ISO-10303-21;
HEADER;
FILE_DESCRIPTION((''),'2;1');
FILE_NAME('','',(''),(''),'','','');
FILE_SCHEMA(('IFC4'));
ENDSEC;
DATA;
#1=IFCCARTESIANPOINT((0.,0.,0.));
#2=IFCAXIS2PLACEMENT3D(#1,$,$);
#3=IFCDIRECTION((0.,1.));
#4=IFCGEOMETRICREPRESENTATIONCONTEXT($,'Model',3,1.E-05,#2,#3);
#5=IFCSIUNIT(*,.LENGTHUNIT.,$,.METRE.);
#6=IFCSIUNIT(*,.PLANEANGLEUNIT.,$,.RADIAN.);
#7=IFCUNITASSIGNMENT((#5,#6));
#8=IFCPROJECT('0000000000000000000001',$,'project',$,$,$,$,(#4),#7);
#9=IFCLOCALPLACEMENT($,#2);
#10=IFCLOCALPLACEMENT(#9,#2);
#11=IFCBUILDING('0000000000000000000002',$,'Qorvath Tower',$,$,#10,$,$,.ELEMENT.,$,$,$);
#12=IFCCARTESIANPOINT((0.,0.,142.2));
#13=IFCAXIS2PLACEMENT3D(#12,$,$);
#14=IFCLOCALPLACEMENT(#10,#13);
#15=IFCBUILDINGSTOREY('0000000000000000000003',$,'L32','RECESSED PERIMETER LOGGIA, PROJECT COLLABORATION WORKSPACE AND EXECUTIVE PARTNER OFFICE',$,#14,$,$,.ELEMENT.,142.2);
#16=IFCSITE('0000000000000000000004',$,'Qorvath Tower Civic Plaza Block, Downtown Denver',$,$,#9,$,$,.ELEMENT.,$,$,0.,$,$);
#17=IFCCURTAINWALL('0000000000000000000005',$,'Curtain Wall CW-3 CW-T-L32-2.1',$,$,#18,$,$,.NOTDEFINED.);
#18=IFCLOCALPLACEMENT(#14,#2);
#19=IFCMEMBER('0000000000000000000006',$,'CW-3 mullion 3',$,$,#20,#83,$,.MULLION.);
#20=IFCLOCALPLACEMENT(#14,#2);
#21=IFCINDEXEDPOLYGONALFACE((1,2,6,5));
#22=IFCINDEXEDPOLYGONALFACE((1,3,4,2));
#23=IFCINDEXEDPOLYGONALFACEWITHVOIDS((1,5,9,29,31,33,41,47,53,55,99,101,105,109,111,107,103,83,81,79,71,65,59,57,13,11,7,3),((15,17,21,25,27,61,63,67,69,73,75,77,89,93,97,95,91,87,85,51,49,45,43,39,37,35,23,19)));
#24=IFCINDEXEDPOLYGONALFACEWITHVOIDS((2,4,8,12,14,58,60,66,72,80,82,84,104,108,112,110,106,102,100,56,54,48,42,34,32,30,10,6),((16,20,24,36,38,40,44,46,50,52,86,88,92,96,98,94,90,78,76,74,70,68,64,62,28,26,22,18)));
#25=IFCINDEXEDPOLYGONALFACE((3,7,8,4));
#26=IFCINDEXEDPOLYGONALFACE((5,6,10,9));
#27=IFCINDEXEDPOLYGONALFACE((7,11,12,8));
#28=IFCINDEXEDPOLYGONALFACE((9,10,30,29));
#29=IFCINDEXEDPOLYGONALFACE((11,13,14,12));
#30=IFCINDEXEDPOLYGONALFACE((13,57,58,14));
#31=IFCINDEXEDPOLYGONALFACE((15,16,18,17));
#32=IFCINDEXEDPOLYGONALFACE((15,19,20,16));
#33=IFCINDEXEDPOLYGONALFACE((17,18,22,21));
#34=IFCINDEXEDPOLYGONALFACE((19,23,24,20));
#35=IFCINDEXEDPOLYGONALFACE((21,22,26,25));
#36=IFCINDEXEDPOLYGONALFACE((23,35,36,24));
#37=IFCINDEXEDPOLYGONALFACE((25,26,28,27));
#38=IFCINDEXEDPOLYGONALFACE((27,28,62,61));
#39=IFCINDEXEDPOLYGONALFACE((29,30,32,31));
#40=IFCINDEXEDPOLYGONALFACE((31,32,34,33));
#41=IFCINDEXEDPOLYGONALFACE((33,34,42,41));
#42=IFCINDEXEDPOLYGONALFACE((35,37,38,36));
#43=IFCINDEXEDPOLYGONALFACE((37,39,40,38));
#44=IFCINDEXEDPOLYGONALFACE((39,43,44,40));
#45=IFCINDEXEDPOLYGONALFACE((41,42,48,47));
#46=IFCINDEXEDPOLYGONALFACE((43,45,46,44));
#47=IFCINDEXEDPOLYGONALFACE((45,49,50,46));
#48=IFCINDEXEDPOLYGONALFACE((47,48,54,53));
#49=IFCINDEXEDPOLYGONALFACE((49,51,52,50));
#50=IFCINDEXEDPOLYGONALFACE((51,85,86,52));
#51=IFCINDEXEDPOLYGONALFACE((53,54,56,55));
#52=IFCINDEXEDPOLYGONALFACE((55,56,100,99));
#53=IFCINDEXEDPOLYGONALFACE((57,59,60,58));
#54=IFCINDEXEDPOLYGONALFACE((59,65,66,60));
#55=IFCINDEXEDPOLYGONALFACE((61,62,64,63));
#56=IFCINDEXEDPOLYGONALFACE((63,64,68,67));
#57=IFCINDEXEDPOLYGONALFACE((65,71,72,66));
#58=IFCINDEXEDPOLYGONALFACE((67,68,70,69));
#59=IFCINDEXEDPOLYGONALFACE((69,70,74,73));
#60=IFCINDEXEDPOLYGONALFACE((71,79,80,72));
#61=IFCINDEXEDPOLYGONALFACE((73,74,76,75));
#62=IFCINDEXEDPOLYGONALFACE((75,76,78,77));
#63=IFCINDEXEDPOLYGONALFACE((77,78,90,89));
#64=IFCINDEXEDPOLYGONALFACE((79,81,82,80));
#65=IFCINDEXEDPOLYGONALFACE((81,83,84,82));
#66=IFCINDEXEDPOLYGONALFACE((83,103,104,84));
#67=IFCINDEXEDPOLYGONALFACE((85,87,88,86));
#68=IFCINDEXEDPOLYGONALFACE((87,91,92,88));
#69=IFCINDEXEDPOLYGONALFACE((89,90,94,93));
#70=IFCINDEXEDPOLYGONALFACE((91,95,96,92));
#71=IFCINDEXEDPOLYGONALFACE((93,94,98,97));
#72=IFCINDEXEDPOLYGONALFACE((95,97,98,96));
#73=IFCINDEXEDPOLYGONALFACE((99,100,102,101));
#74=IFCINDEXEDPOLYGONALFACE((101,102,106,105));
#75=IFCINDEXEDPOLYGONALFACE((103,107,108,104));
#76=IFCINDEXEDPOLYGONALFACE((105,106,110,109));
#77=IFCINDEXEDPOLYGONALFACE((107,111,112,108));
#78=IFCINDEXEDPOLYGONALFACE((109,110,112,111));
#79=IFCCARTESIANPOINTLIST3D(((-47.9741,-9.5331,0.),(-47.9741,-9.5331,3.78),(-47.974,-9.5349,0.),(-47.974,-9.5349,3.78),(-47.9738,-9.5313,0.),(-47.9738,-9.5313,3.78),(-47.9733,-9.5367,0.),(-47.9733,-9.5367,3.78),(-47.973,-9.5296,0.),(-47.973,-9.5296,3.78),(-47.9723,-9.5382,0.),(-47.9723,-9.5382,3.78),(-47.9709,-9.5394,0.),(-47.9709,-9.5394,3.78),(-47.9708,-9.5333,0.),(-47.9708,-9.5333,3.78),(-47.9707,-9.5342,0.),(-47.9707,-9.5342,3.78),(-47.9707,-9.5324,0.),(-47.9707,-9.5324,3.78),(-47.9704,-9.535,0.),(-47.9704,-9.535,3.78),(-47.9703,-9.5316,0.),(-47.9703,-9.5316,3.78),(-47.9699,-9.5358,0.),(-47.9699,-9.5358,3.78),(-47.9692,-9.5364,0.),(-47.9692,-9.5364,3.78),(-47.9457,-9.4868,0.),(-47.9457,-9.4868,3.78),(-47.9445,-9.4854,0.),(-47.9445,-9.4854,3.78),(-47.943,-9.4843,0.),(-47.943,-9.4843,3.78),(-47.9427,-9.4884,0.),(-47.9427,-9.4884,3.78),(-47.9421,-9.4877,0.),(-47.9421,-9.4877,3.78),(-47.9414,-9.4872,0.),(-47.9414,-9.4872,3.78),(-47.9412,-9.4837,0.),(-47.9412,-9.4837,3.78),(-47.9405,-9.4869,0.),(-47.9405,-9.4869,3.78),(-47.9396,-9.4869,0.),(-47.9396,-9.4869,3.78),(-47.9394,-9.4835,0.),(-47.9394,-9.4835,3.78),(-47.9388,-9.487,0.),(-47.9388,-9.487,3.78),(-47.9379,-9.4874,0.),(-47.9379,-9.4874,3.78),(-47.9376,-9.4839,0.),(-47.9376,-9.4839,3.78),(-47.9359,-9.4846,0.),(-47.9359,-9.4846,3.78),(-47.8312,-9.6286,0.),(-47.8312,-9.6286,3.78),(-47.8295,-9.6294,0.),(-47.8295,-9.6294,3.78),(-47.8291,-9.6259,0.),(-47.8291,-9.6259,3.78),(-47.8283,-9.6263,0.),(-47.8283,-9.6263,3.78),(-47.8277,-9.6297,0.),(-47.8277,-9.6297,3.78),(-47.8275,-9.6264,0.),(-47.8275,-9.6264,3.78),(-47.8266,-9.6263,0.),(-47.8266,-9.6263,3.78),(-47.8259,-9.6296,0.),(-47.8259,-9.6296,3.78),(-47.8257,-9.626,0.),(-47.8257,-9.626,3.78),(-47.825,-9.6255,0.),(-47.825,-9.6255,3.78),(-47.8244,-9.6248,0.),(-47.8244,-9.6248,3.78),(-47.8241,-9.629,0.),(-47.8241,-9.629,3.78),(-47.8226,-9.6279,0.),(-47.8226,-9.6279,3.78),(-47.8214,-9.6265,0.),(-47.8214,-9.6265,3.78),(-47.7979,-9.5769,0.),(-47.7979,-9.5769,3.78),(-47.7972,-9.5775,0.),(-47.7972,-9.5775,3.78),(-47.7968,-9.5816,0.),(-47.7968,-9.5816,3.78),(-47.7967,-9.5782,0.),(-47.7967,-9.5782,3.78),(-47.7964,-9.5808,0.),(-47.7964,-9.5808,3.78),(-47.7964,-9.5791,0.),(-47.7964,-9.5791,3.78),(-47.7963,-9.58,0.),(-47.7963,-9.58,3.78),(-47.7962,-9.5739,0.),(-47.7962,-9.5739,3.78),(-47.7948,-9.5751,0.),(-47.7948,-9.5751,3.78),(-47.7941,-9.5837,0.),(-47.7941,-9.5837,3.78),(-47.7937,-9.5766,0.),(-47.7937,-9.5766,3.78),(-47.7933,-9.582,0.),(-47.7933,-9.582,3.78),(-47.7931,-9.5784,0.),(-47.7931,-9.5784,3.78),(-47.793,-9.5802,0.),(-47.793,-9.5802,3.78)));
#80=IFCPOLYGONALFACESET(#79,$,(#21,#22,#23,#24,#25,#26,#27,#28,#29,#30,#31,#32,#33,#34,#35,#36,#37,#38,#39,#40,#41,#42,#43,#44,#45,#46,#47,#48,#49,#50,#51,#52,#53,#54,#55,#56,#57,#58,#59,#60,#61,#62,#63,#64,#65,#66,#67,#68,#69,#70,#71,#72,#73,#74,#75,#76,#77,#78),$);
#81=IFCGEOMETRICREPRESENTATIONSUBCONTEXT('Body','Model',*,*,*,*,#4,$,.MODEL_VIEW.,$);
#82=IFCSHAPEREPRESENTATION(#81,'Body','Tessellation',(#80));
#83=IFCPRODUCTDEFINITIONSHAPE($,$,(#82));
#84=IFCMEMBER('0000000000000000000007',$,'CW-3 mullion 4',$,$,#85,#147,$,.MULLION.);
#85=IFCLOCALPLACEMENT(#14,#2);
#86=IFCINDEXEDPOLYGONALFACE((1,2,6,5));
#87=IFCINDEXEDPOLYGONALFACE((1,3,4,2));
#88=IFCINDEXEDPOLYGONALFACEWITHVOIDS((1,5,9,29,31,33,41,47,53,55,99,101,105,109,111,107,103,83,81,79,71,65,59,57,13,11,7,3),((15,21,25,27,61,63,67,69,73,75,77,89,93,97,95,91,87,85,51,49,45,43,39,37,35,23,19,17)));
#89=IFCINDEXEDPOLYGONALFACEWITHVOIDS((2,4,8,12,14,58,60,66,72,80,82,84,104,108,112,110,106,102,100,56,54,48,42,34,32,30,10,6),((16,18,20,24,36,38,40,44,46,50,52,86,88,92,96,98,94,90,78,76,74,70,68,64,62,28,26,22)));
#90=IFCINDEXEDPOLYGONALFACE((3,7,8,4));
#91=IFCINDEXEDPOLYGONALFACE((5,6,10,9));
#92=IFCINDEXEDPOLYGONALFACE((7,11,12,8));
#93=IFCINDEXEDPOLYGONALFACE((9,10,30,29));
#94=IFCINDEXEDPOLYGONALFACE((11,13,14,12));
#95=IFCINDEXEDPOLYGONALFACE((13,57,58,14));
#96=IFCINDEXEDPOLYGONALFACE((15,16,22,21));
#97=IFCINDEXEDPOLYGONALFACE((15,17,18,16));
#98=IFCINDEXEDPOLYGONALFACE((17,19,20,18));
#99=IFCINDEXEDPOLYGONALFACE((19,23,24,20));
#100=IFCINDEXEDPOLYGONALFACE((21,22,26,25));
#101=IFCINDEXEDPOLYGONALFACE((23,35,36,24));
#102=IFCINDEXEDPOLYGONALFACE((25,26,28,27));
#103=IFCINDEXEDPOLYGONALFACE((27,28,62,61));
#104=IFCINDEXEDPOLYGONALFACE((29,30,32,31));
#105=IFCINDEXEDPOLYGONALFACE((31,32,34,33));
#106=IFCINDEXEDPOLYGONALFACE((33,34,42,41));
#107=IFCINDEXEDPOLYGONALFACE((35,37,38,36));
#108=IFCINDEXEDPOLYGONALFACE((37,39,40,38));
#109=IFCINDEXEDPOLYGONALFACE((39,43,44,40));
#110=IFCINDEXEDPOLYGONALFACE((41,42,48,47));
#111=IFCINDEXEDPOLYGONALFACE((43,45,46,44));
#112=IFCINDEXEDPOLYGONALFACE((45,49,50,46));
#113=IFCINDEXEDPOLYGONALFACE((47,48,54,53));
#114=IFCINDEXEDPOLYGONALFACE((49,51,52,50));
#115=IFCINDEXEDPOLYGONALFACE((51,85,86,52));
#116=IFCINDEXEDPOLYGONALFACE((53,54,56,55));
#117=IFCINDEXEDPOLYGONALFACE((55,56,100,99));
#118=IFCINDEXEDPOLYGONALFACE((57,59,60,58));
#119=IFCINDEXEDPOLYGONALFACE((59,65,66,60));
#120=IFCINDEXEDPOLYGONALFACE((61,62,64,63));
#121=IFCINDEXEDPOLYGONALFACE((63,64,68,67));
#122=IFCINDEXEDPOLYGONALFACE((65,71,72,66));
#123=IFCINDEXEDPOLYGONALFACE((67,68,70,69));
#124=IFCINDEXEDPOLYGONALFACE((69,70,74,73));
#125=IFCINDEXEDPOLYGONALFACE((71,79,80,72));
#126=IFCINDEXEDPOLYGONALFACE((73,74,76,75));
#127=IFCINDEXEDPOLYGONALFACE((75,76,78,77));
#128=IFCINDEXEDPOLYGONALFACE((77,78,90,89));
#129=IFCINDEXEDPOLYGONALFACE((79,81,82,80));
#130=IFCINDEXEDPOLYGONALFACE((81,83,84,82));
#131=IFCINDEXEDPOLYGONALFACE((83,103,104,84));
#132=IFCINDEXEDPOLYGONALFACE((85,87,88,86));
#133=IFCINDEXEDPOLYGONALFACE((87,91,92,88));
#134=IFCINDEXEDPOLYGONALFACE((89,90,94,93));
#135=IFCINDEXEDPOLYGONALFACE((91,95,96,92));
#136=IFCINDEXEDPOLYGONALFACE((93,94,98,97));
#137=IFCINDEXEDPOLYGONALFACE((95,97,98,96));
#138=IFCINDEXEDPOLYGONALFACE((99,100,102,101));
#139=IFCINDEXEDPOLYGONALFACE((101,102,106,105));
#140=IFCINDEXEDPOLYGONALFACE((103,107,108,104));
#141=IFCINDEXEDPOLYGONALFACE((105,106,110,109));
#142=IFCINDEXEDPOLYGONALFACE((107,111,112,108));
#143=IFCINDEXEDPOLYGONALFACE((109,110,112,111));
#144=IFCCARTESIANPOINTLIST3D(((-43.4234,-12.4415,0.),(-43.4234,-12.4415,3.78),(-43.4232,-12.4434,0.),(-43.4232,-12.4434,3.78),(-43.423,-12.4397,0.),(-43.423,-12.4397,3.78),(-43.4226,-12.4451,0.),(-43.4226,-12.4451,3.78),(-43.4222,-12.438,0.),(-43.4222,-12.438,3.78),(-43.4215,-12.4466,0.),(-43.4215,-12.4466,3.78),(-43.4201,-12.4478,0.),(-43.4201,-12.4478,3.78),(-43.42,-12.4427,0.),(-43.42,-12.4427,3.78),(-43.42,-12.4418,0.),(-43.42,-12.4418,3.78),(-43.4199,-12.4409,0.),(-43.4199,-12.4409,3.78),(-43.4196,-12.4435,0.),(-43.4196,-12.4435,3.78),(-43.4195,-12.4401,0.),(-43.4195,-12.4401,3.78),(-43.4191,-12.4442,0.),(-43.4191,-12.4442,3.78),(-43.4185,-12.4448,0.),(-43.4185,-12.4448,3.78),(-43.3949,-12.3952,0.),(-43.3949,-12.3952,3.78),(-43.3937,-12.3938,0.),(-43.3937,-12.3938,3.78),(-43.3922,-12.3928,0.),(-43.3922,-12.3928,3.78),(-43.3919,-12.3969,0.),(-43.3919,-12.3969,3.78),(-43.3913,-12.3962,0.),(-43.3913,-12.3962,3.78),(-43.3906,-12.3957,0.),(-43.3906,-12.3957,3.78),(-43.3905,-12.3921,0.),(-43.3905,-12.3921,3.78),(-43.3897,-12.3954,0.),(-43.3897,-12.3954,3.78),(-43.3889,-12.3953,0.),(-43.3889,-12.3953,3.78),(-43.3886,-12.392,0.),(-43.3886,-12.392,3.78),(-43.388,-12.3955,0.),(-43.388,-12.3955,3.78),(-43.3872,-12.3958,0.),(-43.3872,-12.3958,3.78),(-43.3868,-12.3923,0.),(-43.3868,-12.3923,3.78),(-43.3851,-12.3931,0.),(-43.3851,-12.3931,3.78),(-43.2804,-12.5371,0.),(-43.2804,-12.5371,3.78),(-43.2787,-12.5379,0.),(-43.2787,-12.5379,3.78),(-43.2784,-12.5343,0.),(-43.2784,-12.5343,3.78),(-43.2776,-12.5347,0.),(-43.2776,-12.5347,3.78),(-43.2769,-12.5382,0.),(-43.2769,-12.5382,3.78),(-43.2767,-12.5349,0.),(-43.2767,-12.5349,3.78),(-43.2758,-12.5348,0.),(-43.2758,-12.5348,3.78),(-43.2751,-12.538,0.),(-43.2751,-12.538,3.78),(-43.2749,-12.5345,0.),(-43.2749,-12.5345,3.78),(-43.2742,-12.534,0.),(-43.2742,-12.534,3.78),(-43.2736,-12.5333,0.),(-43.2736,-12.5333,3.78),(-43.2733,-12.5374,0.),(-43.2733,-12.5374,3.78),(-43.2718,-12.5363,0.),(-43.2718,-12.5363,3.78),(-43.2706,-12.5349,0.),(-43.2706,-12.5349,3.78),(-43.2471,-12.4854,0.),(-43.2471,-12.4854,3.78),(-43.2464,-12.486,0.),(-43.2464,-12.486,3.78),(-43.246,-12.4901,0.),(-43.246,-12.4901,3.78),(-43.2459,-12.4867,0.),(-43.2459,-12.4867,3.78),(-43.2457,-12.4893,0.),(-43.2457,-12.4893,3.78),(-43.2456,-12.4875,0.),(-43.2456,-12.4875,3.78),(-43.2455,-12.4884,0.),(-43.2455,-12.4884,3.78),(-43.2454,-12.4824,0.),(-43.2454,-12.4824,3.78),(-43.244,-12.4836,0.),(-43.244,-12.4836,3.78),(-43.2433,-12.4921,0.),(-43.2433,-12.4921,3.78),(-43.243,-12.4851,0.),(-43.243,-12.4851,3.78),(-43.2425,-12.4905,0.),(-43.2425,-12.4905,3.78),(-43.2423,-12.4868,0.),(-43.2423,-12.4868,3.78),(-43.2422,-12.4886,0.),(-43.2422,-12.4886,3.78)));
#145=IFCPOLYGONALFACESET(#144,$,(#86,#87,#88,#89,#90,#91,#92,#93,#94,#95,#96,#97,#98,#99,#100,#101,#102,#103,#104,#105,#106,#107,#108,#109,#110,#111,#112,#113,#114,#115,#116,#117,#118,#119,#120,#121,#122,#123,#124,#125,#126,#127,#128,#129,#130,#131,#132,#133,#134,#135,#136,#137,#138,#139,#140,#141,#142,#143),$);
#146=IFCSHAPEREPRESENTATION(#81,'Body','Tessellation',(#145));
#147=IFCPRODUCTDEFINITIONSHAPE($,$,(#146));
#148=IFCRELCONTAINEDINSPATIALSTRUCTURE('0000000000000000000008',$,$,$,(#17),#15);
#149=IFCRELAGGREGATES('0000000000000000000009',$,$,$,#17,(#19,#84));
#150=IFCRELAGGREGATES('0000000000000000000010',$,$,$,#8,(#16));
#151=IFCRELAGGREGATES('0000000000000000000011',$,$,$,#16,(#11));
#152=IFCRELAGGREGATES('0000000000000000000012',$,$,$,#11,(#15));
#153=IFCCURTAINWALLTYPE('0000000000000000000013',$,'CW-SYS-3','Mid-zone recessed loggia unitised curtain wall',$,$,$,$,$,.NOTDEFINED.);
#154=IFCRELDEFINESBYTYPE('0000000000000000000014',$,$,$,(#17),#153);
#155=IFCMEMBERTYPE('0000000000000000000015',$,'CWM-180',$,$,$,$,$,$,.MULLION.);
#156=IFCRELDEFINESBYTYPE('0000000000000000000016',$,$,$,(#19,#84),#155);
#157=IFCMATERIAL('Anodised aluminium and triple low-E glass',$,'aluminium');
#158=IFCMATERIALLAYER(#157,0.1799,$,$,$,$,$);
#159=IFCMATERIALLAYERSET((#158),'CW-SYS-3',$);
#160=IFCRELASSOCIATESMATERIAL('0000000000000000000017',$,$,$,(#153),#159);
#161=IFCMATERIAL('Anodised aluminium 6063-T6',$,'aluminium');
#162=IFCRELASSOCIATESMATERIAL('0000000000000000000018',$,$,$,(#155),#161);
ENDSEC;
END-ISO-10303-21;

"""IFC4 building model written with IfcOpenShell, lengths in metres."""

from ifc_helpers import new_model, si_unit, direction, frame, origin, origin_2d, place, context, subcontext, project, spatial, hollow_rectangle, extrude, material, layer, layer_set, material_profile, profile_set, type_object, element, aggregate, save


model = new_model("IFC4")

# Units and contexts
model_context = context("Model", 3, precision=1e-05, world=origin(), true_north=direction((0.0, 1.0)))
body_context = subcontext(model_context, "Body", "Model", "MODEL_VIEW")
ifc_project = project(units=[si_unit("LENGTHUNIT", "METRE"), si_unit("PLANEANGLEUNIT", "RADIAN")], contexts=[model_context])

# Site, building, storey
site_placement = place(None, origin())
site = spatial("IfcSite", under=ifc_project, at=site_placement, Name="Qorvath Tower Civic Plaza Block, Downtown Denver", CompositionType="ELEMENT", RefElevation=0.0)
building_placement = place(site_placement, origin())
building = spatial("IfcBuilding", under=site, at=building_placement, Name="Qorvath Tower", CompositionType="ELEMENT")
storey_placement = place(building_placement, frame((0.0, 0.0, 142.2)))
storey = spatial("IfcBuildingStorey", under=building, at=storey_placement, Name="L32", Description="RECESSED PERIMETER LOGGIA, PROJECT COLLABORATION WORKSPACE AND EXECUTIVE PARTNER OFFICE", CompositionType="ELEMENT", Elevation=142.2)

# Curtain wall, members
ifc_material_1 = material(Name="Anodised aluminium and triple low-E glass", Category="aluminium")
ifc_layer_1 = layer(ifc_material_1, 0.1799)
ifc_layer_set_1 = layer_set([ifc_layer_1], Name="CW-SYS-3")
curtain_wall_type = type_object("IfcCurtainWallType", Name="CW-SYS-3", Description="Mid-zone recessed loggia unitised curtain wall", PredefinedType="NOTDEFINED", material=ifc_layer_set_1)
curtain_wall_placement = place(storey_placement, origin())
curtain_wall = element("IfcCurtainWall", 1, at=curtain_wall_placement, inside=storey, type_object=curtain_wall_type, Name="Curtain Wall CW-3 CW-T-L32-2.1", PredefinedType="NOTDEFINED")
ifc_material_2 = material(Name="Anodised aluminium 6063-T6", Category="aluminium")
ifc_material_profile_1 = material_profile(ifc_material_2, hollow_rectangle(XDim=0.0649, YDim=0.1799, WallThickness=0.0034, InnerFilletRadius=0.0034, OuterFilletRadius=0.0071, at=origin_2d()), Name="CWM 180x65")
ifc_profile_set_1 = profile_set([ifc_material_profile_1], Name="Anodised aluminium 6063-T6")
member_type_1 = type_object("IfcMemberType", Name="CWM-180", PredefinedType="MULLION", material=ifc_profile_set_1)
member_1_placement = place(storey_placement, frame((-47.8835, -9.5566, 0.0), z_axis=(0.0, 0.0, 1.0), x_axis=(0.538533, 0.842604, 0.0)))
member_1 = element("IfcMember", 2, at=member_1_placement, type_object=member_type_1, Name="CW-3 mullion 3", PredefinedType="MULLION", context=body_context, shape_type="SweptSolid", body=[
    extrude(hollow_rectangle(XDim=0.0649, YDim=0.1799, WallThickness=0.0034, InnerFilletRadius=0.0034, OuterFilletRadius=0.0071, at=origin_2d()), origin(), (0.0, 0.0, 1.0), 3.78),
])
member_2_placement = place(storey_placement, frame((-43.3328, -12.4651, 0.0), z_axis=(0.0, 0.0, 1.0), x_axis=(0.538533, 0.842604, 0.0)))
member_2 = element("IfcMember", 3, at=member_2_placement, type_object=member_type_1, Name="CW-3 mullion 4", PredefinedType="MULLION", context=body_context, shape_type="SweptSolid", body=[
    extrude(hollow_rectangle(XDim=0.0649, YDim=0.1799, WallThickness=0.0034, InnerFilletRadius=0.0034, OuterFilletRadius=0.0071, at=origin_2d()), origin(), (0.0, 0.0, 1.0), 3.78),
])
aggregate(curtain_wall, [member_1, member_2])

save(model, "model.ifc")
